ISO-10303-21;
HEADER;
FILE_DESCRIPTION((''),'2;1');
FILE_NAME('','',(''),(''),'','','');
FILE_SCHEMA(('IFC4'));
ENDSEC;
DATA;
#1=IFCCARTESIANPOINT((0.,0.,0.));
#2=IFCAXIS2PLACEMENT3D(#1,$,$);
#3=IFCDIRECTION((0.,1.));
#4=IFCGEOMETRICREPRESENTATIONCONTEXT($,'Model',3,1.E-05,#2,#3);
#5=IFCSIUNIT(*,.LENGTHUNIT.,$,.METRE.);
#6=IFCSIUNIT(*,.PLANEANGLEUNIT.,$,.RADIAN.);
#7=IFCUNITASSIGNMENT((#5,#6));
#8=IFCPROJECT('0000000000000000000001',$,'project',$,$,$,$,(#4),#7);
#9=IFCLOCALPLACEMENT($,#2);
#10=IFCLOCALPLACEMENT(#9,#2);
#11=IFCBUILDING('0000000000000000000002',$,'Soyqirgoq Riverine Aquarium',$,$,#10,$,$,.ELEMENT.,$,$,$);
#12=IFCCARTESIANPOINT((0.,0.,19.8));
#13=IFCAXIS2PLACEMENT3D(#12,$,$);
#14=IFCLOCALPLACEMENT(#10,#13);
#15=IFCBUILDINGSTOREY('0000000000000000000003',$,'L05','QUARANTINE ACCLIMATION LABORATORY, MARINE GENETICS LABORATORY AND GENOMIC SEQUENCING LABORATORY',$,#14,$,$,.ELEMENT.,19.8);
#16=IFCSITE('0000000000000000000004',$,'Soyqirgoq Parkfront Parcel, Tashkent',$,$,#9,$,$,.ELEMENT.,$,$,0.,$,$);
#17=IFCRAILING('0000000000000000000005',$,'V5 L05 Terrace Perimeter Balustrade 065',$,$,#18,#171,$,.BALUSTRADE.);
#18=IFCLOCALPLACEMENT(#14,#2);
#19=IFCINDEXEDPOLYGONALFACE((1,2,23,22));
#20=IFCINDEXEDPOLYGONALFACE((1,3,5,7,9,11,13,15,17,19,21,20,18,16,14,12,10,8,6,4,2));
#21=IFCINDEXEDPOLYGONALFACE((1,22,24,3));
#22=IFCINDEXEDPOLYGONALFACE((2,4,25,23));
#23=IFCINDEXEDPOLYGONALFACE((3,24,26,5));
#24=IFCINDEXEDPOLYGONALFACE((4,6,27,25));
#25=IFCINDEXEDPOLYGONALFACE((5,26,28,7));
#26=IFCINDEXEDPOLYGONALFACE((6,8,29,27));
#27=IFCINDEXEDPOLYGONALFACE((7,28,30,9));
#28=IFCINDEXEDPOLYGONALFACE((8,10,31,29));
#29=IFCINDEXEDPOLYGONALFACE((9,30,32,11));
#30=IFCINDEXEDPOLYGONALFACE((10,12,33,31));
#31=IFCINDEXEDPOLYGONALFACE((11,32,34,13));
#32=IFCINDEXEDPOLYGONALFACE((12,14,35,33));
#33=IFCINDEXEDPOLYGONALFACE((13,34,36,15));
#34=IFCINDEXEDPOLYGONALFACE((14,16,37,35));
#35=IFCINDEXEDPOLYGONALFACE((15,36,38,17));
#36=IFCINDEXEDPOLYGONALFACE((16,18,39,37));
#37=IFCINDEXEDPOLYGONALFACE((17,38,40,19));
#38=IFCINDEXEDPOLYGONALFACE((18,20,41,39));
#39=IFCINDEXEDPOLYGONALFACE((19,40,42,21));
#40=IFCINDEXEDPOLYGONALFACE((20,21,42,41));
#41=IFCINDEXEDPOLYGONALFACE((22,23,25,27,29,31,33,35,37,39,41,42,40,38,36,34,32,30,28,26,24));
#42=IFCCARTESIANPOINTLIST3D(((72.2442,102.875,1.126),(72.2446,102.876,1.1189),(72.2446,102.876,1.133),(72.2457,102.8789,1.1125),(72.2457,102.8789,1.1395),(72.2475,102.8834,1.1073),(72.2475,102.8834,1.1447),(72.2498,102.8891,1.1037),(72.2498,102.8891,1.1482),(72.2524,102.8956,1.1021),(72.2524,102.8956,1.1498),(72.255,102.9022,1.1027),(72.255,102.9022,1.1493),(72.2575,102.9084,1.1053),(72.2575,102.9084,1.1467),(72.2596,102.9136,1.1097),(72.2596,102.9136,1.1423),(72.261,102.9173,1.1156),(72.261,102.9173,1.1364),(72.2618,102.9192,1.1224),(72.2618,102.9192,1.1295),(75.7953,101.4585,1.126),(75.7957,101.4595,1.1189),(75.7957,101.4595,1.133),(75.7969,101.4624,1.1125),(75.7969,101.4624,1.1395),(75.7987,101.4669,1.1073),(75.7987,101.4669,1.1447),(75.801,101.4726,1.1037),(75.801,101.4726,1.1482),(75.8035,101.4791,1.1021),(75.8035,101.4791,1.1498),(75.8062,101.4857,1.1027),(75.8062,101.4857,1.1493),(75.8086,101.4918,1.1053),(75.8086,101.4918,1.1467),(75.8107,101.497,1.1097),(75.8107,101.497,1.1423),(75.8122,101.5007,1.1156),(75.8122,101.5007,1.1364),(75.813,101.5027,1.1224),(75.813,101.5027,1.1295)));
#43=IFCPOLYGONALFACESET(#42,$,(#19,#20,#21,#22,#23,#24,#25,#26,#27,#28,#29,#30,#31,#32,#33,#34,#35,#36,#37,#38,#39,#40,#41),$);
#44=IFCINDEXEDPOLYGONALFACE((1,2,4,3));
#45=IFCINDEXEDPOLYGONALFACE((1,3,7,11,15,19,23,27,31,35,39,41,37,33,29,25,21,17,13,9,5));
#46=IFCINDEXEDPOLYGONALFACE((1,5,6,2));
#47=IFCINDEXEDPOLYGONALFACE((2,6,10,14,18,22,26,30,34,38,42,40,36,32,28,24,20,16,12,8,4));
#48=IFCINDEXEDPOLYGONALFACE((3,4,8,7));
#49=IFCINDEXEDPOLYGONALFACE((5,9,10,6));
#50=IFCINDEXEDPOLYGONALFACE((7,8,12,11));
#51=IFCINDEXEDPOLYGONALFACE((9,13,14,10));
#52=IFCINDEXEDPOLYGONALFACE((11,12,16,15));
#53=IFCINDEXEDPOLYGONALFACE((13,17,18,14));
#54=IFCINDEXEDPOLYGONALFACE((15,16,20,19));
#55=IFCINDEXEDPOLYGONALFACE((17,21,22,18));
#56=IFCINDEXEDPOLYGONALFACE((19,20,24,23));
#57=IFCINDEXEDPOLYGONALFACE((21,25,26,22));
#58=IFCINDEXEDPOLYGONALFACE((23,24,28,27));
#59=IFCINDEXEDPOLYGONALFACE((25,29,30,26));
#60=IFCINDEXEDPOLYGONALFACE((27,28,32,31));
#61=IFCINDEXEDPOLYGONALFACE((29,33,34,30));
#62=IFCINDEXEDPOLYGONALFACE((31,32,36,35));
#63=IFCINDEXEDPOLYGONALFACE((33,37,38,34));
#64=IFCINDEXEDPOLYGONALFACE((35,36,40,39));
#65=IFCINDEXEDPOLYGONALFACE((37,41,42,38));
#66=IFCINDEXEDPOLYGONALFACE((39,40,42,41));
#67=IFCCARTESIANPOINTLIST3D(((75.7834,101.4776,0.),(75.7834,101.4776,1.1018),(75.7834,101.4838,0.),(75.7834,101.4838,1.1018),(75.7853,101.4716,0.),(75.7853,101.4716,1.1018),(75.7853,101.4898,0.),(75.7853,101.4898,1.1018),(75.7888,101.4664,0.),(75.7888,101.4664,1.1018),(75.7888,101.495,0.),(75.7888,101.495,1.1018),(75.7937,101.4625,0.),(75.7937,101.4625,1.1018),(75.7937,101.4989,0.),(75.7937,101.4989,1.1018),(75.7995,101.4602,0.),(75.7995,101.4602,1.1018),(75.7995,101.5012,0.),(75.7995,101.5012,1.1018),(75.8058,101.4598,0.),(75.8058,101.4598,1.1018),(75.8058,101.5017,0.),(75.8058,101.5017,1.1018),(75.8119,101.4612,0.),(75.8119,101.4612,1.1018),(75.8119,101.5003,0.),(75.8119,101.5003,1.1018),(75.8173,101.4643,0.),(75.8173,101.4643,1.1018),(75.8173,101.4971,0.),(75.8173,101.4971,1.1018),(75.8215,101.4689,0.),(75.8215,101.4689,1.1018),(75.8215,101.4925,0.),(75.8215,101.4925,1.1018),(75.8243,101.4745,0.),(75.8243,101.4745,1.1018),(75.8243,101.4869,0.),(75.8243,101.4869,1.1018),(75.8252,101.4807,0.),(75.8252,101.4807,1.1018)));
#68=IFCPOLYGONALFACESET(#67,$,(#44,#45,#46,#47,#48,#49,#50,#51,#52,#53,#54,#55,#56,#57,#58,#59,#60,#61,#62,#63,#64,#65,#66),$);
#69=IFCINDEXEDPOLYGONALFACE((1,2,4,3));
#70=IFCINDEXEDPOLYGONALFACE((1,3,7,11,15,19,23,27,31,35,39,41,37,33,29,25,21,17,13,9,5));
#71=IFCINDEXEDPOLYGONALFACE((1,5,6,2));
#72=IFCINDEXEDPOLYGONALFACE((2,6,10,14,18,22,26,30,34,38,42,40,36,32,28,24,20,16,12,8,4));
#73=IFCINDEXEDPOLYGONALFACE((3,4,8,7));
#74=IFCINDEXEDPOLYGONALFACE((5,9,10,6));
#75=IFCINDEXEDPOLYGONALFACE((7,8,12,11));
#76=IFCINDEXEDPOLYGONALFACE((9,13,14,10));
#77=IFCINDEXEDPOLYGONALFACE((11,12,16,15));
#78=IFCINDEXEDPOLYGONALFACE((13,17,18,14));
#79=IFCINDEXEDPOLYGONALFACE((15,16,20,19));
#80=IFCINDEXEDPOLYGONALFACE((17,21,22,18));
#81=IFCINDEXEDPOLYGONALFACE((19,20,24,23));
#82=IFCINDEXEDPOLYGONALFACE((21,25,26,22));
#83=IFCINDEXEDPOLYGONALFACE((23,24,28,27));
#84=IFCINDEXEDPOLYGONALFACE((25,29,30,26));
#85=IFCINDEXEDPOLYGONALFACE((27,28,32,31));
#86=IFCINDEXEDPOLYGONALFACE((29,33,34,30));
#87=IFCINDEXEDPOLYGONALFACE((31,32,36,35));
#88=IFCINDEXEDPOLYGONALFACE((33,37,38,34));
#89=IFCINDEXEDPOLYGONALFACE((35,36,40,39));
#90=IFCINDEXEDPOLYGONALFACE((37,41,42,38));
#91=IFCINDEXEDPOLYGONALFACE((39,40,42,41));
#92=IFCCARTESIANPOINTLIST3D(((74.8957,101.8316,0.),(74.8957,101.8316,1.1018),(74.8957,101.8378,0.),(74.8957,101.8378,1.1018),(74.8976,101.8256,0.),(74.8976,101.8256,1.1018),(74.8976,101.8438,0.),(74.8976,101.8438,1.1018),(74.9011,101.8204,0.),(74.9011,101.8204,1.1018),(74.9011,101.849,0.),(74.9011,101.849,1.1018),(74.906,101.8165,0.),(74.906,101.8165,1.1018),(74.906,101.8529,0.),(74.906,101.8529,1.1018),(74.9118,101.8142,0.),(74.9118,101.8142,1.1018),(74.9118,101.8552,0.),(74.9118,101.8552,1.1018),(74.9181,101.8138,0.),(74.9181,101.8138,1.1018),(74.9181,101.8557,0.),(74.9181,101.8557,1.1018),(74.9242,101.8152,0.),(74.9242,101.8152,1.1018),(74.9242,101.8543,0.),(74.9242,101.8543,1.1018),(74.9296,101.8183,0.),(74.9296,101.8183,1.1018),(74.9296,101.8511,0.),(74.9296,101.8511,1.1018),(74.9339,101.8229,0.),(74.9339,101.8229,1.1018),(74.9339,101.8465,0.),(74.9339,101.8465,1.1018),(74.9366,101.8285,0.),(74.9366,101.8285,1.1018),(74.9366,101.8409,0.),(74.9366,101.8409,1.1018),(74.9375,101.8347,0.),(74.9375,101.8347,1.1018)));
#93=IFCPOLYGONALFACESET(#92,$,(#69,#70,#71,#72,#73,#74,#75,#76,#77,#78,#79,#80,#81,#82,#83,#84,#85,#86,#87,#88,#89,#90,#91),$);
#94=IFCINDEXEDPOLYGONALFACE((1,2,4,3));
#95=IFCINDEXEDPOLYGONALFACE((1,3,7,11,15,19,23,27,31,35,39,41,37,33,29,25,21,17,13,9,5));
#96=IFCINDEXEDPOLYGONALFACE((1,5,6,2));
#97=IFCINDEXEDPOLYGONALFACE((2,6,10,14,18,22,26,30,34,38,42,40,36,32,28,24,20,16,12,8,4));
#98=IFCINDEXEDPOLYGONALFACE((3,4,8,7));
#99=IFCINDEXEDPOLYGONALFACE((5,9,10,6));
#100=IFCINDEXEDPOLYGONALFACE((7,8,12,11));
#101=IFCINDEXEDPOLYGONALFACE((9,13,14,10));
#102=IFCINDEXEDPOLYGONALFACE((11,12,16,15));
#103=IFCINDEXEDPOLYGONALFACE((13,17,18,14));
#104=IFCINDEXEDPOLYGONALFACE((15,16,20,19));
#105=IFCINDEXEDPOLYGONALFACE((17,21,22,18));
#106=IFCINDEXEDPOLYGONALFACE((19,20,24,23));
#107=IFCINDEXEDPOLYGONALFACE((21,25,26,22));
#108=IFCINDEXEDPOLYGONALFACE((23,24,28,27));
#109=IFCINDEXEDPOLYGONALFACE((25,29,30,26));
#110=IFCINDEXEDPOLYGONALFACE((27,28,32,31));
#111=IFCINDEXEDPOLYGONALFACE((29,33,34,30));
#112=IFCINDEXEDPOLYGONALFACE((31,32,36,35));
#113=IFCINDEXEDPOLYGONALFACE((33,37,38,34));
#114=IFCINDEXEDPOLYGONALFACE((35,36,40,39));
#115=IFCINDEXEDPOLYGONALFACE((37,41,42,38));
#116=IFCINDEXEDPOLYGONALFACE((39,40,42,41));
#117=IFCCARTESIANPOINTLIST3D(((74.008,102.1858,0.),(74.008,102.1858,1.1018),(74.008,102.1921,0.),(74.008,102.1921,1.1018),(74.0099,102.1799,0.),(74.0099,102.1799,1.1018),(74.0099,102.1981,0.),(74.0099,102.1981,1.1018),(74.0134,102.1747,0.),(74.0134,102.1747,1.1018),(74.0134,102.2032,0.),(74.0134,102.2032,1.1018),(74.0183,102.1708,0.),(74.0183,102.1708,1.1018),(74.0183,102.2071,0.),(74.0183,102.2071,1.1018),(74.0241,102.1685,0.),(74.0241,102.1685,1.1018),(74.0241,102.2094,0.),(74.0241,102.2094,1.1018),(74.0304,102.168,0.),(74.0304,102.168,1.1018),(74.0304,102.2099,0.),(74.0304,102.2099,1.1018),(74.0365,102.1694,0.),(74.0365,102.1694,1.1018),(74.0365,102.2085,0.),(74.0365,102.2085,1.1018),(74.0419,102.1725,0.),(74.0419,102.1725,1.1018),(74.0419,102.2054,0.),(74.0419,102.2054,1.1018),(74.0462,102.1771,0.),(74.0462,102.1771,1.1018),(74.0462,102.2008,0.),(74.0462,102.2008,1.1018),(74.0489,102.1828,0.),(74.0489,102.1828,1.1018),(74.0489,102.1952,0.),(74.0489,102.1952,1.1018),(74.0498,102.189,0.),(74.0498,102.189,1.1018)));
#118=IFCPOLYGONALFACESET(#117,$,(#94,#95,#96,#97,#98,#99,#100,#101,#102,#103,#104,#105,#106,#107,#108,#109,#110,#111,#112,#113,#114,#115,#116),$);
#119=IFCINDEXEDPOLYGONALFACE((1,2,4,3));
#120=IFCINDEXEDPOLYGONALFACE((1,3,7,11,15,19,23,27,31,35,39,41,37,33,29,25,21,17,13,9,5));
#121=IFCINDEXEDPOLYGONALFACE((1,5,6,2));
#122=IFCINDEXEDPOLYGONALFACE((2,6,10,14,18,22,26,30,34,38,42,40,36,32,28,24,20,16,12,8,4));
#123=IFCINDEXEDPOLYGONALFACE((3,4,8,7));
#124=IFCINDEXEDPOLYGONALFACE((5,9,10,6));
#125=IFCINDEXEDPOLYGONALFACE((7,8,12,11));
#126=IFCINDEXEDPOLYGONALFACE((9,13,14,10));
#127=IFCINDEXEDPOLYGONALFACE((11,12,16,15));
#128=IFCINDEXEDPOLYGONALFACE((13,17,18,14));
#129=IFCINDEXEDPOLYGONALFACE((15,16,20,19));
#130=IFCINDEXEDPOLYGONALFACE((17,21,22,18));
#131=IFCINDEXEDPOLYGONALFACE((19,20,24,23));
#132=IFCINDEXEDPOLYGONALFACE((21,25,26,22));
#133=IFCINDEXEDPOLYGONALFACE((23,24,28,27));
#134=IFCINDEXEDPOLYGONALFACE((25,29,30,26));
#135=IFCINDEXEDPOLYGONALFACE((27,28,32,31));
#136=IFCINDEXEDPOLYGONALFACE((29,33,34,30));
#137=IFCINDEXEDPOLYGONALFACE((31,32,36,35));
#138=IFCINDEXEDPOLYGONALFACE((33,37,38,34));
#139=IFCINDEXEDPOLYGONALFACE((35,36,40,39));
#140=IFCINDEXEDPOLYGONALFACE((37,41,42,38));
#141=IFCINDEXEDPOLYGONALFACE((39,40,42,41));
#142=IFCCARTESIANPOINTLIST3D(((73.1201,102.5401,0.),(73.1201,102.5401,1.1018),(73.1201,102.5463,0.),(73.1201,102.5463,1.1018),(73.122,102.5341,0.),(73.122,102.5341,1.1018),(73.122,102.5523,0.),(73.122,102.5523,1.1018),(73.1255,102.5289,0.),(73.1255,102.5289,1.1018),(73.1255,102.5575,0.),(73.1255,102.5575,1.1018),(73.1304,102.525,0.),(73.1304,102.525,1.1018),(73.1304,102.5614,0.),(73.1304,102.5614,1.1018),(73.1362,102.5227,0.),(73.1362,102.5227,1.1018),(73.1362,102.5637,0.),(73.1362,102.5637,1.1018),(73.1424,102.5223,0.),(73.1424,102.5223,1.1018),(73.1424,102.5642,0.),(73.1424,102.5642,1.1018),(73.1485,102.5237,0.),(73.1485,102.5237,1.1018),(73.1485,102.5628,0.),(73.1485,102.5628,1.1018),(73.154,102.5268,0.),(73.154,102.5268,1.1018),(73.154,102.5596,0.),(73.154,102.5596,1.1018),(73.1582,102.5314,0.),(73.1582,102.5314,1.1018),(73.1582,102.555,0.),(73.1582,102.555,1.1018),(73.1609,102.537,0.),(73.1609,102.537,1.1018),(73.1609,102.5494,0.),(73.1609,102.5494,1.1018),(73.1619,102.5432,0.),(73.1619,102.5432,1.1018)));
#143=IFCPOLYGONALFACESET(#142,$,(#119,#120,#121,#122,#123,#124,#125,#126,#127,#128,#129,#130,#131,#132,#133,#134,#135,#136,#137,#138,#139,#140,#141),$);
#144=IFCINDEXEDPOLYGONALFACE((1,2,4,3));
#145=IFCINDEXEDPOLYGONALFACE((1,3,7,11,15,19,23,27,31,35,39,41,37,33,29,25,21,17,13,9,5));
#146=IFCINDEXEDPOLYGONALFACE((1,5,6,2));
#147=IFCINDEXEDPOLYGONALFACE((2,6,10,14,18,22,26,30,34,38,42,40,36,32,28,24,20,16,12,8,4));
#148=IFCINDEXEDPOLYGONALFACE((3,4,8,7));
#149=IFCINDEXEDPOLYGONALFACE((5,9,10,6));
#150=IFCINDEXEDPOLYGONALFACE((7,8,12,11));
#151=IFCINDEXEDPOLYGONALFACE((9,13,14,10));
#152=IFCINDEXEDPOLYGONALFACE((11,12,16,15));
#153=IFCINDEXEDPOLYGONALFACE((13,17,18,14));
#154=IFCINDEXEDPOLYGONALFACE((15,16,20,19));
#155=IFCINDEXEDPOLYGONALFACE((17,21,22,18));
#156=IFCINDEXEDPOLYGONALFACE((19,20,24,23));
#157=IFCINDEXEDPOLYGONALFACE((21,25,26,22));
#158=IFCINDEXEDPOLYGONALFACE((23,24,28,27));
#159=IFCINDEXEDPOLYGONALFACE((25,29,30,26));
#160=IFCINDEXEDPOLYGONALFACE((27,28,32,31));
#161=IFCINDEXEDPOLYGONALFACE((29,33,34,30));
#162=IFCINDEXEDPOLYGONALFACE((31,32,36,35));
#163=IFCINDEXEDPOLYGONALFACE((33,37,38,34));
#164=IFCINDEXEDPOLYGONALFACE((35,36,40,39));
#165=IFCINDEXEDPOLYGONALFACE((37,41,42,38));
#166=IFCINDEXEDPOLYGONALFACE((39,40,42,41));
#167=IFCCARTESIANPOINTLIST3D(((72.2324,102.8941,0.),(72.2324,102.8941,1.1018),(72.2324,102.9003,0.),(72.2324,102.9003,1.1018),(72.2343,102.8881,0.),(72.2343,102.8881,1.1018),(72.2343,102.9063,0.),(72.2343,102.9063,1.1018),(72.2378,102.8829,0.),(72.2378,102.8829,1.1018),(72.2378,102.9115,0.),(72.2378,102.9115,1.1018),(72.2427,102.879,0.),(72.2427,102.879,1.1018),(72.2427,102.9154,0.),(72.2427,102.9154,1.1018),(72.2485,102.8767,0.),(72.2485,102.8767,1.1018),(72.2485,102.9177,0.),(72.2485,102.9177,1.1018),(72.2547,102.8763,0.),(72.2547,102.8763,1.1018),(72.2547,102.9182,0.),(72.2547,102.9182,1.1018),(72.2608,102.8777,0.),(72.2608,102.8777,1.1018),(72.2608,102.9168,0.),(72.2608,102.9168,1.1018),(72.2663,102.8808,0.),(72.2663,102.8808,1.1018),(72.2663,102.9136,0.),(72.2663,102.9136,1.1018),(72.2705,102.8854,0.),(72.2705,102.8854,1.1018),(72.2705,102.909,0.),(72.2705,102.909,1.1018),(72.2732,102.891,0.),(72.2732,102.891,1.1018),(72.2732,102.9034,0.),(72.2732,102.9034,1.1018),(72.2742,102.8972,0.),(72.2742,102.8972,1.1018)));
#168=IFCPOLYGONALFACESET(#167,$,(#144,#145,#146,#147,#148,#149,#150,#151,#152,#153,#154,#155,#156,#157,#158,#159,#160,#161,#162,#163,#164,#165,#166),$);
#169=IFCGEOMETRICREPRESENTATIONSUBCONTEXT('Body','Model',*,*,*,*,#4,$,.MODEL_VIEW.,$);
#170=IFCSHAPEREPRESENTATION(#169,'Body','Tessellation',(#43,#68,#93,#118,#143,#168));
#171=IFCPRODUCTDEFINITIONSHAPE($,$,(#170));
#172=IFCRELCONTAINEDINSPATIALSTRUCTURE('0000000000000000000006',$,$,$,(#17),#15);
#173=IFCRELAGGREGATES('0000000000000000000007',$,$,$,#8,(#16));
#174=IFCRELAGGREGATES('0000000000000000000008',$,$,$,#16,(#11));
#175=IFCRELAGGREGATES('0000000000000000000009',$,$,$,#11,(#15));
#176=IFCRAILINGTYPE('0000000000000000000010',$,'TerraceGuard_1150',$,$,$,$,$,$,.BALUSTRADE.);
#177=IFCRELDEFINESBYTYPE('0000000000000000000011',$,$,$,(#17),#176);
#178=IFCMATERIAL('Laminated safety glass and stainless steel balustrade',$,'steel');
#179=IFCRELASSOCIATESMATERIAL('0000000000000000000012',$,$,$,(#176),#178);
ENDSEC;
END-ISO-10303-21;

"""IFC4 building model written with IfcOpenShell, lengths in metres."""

from ifc_helpers import new_model, si_unit, direction, frame, origin, origin_2d, place, context, subcontext, project, spatial, circle, extrude, material, type_object, element, save


model = new_model("IFC4")

# Units and contexts
model_context = context("Model", 3, precision=1e-05, world=origin(), true_north=direction((0.0, 1.0)))
body_context = subcontext(model_context, "Body", "Model", "MODEL_VIEW")
ifc_project = project(units=[si_unit("LENGTHUNIT", "METRE"), si_unit("PLANEANGLEUNIT", "RADIAN")], contexts=[model_context])

# Site, building, storey
site_placement = place(None, origin())
site = spatial("IfcSite", under=ifc_project, at=site_placement, Name="Soyqirgoq Parkfront Parcel, Tashkent", CompositionType="ELEMENT", RefElevation=0.0)
building_placement = place(site_placement, origin())
building = spatial("IfcBuilding", under=site, at=building_placement, Name="Soyqirgoq Riverine Aquarium", CompositionType="ELEMENT")
storey_placement = place(building_placement, frame((0.0, 0.0, 19.8)))
storey = spatial("IfcBuildingStorey", under=building, at=storey_placement, Name="L05", Description="QUARANTINE ACCLIMATION LABORATORY, MARINE GENETICS LABORATORY AND GENOMIC SEQUENCING LABORATORY", CompositionType="ELEMENT", Elevation=19.8)

# Railing
ifc_material_1 = material(Name="Laminated safety glass and stainless steel balustrade", Category="steel")
railing_type = type_object("IfcRailingType", Name="TerraceGuard_1150", PredefinedType="BALUSTRADE", material=ifc_material_1)
railing_1_placement = place(storey_placement, frame((75.8042, 101.4807, 0.0)))
element("IfcRailing", 1, at=railing_1_placement, inside=storey, type_object=railing_type, Name="V5 L05 Terrace Perimeter Balustrade 065", PredefinedType="BALUSTRADE", context=body_context, shape_type="SweptSolid", body=[
    extrude(circle(Radius=0.0239, at=origin_2d()), frame((0.0, 0.0, 1.126), z_axis=(-0.928829, 0.37051, 0.0), x_axis=(-0.37051, -0.928829, 0.0)), (0.0, 0.0, 1.0), 3.8232),
    extrude(circle(Radius=0.021, at=origin_2d()), origin(), (0.0, 0.0, 1.0), 1.1018),
    extrude(circle(Radius=0.021, at=origin_2d()), frame((-0.8877, 0.354, 0.0)), (0.0, 0.0, 1.0), 1.1018),
    extrude(circle(Radius=0.021, at=origin_2d()), frame((-1.7754, 0.7083, 0.0)), (0.0, 0.0, 1.0), 1.1018),
    extrude(circle(Radius=0.021, at=origin_2d()), frame((-2.6633, 1.0625, 0.0)), (0.0, 0.0, 1.0), 1.1018),
    extrude(circle(Radius=0.021, at=origin_2d()), frame((-3.551, 1.4165, 0.0)), (0.0, 0.0, 1.0), 1.1018),
])

save(model, "model.ifc")
